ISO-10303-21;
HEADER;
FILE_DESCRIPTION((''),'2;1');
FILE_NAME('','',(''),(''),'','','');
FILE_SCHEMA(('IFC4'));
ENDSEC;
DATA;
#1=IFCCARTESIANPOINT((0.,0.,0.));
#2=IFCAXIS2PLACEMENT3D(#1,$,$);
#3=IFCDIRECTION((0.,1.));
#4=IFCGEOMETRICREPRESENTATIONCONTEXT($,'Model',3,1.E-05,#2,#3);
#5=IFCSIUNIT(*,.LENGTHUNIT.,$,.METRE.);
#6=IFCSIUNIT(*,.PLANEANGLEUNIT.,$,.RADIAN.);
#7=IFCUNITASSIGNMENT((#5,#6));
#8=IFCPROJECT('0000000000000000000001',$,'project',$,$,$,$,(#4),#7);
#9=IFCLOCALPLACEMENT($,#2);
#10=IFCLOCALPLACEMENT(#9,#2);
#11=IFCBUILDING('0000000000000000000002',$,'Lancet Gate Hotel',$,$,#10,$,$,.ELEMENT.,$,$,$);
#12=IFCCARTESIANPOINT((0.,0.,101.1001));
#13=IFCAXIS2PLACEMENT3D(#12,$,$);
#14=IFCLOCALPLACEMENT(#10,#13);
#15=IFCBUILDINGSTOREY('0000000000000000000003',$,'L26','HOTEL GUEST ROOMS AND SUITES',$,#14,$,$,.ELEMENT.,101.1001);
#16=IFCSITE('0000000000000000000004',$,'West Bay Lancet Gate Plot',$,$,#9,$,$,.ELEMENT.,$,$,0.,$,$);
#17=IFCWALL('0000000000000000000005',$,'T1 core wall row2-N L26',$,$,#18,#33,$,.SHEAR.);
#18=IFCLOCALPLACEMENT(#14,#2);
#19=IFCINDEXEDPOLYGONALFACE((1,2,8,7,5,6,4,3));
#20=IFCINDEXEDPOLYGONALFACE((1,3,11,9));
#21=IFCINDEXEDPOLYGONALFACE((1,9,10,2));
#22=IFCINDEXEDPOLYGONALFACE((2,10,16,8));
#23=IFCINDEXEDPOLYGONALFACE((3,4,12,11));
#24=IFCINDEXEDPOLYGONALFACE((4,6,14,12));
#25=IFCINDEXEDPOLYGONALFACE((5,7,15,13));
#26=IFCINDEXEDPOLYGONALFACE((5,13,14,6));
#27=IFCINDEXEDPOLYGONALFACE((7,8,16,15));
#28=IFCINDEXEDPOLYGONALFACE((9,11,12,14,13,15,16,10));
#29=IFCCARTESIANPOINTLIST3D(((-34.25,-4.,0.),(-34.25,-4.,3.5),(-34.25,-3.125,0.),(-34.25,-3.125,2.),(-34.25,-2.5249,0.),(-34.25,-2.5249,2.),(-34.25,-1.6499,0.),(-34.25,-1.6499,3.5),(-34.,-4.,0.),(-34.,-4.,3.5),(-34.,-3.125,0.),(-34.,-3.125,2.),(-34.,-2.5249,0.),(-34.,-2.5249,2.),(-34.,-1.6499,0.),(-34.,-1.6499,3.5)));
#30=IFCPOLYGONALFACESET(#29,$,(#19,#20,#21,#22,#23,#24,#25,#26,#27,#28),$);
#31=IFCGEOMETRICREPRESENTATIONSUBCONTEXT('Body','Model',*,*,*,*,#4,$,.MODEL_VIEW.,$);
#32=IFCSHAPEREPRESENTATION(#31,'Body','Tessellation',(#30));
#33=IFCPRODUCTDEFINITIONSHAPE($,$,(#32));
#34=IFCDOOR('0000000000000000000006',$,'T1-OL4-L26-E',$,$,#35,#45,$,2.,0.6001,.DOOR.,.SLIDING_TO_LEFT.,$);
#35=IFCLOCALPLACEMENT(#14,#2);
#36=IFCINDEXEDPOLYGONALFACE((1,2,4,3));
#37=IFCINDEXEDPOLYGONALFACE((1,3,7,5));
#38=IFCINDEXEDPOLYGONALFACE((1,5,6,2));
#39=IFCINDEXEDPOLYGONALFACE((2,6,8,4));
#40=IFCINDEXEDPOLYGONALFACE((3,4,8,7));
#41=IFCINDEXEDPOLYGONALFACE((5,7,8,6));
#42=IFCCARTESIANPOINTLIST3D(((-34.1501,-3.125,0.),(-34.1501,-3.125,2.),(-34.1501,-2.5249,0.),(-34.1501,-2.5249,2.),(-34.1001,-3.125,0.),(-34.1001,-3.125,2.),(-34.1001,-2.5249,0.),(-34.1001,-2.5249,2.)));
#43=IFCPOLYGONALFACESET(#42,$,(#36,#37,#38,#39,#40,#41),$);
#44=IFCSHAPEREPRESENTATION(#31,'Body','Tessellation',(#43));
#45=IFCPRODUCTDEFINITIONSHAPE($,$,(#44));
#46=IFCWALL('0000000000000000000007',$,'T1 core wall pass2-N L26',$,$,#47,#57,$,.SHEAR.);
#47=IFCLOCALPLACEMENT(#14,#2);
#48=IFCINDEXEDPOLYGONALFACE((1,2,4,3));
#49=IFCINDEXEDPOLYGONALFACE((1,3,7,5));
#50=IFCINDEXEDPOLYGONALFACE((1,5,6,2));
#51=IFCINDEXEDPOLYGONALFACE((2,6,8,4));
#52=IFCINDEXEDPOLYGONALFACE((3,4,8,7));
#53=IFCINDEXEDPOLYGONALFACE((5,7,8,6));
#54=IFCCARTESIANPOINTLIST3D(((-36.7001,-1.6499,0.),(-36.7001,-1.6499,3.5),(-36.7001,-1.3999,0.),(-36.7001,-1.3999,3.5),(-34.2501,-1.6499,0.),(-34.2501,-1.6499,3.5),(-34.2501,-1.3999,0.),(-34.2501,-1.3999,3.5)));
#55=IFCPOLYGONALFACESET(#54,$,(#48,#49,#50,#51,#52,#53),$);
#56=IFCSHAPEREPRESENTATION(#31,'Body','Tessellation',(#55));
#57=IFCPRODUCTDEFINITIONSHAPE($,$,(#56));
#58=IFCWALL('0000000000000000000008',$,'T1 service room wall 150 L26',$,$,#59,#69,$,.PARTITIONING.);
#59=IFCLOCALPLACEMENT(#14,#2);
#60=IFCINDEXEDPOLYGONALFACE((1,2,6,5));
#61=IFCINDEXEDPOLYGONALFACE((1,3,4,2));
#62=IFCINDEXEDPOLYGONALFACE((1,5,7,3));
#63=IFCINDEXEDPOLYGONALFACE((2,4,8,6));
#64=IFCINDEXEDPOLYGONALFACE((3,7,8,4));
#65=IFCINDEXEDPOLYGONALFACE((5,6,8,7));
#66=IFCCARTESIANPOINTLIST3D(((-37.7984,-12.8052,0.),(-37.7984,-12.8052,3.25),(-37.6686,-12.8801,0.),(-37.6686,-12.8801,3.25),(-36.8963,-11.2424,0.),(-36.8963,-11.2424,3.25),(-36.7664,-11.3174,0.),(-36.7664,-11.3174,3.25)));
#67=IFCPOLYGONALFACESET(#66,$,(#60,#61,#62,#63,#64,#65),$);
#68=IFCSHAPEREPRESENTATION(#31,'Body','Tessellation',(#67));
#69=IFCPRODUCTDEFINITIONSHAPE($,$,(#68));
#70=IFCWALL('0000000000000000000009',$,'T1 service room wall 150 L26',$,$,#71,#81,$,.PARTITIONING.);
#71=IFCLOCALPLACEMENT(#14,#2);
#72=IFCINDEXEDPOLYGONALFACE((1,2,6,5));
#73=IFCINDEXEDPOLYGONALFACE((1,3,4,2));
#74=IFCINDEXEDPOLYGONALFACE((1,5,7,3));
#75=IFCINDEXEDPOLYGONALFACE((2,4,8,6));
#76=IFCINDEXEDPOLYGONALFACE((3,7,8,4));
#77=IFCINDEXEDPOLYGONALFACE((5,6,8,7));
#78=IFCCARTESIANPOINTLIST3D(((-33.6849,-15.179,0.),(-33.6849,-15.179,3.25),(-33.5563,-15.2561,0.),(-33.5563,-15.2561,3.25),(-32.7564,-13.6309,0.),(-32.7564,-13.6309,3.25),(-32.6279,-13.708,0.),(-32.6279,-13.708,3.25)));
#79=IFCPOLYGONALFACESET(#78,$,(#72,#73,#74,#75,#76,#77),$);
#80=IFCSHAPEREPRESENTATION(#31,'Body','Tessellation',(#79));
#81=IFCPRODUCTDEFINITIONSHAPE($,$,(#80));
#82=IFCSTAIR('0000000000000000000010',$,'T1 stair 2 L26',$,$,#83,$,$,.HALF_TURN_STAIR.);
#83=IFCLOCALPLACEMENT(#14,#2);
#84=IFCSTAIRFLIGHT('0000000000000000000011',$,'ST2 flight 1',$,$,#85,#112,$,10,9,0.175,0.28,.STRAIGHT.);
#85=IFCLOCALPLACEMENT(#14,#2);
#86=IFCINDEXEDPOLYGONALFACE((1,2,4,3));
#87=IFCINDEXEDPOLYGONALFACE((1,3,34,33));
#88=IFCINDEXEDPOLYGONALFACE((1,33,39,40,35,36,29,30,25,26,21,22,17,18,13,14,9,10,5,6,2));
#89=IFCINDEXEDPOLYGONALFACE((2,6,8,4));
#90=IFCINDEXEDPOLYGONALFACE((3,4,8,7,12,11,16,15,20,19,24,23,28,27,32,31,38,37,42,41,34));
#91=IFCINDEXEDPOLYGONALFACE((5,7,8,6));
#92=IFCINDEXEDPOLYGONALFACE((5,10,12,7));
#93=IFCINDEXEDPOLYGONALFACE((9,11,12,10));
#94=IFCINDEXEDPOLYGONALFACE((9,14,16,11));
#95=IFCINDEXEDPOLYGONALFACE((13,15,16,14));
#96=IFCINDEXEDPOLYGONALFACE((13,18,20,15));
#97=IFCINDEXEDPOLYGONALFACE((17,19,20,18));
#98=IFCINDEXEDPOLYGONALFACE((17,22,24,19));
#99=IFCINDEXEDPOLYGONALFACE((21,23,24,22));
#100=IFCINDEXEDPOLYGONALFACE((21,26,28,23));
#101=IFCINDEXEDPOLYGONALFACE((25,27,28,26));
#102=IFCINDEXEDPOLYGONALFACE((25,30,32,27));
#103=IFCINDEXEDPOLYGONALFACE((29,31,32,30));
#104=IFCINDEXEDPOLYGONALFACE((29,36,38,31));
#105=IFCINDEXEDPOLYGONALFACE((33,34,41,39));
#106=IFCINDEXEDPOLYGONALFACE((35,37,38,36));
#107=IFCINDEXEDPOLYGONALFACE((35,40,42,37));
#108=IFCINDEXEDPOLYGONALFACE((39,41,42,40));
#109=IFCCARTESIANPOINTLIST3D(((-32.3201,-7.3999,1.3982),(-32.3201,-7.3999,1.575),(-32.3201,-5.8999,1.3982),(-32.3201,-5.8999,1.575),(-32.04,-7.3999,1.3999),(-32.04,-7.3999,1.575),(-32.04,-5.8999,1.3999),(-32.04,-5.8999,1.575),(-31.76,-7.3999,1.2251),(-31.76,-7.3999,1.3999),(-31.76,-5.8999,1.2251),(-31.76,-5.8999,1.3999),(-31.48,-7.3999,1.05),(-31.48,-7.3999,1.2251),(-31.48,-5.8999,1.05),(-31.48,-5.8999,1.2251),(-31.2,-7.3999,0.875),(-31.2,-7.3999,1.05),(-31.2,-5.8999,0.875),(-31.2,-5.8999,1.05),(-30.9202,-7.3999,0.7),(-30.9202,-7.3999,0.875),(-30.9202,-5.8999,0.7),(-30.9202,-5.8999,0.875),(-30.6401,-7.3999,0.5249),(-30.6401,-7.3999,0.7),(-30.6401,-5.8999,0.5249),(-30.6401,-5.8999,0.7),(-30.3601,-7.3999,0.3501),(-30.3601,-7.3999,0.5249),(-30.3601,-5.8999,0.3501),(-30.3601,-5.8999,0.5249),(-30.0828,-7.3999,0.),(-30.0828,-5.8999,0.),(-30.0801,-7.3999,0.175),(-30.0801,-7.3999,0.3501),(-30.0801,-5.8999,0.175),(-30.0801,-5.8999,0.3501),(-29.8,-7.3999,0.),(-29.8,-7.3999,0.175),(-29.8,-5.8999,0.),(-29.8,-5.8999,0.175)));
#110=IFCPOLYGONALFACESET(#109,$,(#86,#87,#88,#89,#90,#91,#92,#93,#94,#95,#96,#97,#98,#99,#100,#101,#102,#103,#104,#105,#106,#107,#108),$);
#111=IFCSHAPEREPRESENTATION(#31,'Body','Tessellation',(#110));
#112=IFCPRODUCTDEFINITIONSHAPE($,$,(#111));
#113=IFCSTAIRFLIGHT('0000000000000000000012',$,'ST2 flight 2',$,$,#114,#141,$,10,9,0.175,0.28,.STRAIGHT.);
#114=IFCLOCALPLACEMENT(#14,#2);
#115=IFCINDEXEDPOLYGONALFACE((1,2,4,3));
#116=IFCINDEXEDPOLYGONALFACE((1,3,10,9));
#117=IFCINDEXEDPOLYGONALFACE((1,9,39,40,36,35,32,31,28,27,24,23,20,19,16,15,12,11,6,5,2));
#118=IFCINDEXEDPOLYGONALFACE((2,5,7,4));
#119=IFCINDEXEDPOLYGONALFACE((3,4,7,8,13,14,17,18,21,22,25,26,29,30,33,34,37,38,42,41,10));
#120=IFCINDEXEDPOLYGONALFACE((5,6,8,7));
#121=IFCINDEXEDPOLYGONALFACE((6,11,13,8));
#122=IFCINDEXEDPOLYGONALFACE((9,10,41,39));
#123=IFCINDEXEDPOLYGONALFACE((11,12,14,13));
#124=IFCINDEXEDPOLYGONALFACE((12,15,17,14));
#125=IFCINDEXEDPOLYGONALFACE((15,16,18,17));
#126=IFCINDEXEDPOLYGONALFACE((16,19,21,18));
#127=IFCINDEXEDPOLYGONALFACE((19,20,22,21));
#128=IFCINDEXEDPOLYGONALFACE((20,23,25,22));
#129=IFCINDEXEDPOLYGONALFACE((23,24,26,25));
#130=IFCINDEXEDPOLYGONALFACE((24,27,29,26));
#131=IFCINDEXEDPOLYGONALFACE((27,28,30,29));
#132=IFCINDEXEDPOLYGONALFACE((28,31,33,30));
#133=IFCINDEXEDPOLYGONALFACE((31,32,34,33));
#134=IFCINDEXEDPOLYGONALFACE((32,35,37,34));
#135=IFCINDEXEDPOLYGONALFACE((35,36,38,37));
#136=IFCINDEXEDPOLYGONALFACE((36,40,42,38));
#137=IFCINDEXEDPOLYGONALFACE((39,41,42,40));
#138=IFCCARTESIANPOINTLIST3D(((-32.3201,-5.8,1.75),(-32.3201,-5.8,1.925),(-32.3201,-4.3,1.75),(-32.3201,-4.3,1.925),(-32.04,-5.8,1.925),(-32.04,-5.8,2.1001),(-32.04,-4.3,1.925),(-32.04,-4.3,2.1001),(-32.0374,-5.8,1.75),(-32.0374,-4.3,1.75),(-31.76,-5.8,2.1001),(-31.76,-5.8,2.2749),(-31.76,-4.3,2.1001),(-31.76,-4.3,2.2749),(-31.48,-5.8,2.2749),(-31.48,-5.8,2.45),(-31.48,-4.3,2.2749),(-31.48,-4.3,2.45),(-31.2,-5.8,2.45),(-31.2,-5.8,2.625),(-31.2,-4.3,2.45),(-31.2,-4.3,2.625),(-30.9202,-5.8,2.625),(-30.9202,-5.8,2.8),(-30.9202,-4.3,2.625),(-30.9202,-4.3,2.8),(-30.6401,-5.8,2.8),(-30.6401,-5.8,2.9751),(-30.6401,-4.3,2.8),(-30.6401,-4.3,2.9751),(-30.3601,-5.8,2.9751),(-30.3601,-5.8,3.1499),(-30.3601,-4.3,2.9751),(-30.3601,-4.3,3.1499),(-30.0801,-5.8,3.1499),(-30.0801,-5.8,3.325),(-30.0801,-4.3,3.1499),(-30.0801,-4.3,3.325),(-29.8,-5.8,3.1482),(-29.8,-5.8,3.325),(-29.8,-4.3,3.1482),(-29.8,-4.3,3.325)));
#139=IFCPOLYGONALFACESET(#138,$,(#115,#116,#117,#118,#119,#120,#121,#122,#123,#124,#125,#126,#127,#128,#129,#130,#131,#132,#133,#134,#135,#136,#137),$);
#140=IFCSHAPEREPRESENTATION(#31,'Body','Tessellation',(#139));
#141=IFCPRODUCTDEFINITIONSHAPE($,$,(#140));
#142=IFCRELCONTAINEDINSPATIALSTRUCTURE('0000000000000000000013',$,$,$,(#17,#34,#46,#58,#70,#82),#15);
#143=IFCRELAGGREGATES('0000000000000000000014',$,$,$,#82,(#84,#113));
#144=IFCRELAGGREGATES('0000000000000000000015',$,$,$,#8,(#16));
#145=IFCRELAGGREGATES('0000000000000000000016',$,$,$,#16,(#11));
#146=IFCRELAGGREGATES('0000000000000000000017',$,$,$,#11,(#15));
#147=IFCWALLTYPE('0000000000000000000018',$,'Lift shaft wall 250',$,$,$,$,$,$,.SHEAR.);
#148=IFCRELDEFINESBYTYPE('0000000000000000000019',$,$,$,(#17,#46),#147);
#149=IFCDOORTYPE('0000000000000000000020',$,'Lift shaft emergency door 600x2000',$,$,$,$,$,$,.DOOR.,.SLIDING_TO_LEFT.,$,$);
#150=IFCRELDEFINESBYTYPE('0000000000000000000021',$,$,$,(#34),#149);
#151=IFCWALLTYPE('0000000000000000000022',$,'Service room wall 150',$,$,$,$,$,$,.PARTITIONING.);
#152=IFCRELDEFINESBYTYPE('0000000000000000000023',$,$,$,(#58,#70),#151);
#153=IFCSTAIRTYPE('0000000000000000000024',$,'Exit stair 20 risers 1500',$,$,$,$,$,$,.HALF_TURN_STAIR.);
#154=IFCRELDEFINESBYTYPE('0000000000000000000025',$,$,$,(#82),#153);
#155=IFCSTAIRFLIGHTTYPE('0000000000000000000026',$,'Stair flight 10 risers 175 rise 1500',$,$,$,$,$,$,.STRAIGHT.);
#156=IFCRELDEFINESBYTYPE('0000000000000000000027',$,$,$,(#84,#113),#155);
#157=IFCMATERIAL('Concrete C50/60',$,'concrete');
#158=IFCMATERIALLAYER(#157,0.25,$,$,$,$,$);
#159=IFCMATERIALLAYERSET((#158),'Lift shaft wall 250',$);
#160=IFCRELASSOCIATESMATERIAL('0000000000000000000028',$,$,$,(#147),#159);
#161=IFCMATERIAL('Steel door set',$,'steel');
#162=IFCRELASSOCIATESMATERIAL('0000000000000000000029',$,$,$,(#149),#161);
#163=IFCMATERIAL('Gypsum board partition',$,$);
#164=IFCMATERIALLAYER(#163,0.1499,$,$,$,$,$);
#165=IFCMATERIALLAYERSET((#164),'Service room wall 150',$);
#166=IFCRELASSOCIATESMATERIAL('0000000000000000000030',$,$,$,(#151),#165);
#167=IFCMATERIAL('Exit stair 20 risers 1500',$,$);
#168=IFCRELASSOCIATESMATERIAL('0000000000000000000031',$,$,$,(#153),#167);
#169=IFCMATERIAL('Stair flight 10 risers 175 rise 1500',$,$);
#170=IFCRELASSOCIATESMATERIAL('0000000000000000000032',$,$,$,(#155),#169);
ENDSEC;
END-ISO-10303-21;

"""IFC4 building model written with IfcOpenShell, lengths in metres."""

from ifc_helpers import new_model, si_unit, direction, frame, frame_2d, origin, place, context, subcontext, project, spatial, polyline, rectangle, outline, extrude, material, layer, layer_set, type_object, element, fill, aggregate, save


model = new_model("IFC4")

# Units and contexts
model_context = context("Model", 3, precision=1e-05, world=origin(), true_north=direction((0.0, 1.0)))
body_context = subcontext(model_context, "Body", "Model", "MODEL_VIEW")
ifc_project = project(units=[si_unit("LENGTHUNIT", "METRE"), si_unit("PLANEANGLEUNIT", "RADIAN")], contexts=[model_context])

# Site, building, storey
site_placement = place(None, origin())
site = spatial("IfcSite", under=ifc_project, at=site_placement, Name="West Bay Lancet Gate Plot", CompositionType="ELEMENT", RefElevation=0.0)
building_placement = place(site_placement, origin())
building = spatial("IfcBuilding", under=site, at=building_placement, Name="Lancet Gate Hotel", CompositionType="ELEMENT")
storey_placement = place(building_placement, frame((0.0, 0.0, 101.1001)))
storey = spatial("IfcBuildingStorey", under=building, at=storey_placement, Name="L26", Description="HOTEL GUEST ROOMS AND SUITES", CompositionType="ELEMENT", Elevation=101.1001)

# Wall, opening, door
ifc_material_1 = material(Name="Concrete C50/60", Category="concrete")
ifc_layer_1 = layer(ifc_material_1, 0.25)
ifc_layer_set_1 = layer_set([ifc_layer_1], Name="Lift shaft wall 250")
wall_type_1 = type_object("IfcWallType", Name="Lift shaft wall 250", PredefinedType="SHEAR", material=ifc_layer_set_1)
wall_1_placement = place(storey_placement, frame((-34.125, -1.6499, 0.0), z_axis=(0.0, 0.0, 1.0), x_axis=(0.0, -1.0, 0.0)))
wall_1 = element("IfcWall", 1, at=wall_1_placement, inside=storey, type_object=wall_type_1, Name="T1 core wall row2-N L26", PredefinedType="SHEAR", context=body_context, shape_type="SweptSolid", body=[
    extrude(rectangle(XDim=2.3501, YDim=0.25, at=frame_2d((1.175, 0.0))), origin(), (0.0, 0.0, 1.0), 3.5),
])
opening_1_placement = place(wall_1_placement, frame((0.875, 0.0, 0.0)))
opening_1 = element("IfcOpeningElement", 2, at=opening_1_placement, cuts=wall_1, PredefinedType="OPENING", context=body_context, shape_type="SweptSolid", body=[
    extrude(rectangle(XDim=0.6001, YDim=2.0, at=frame_2d((0.3, 1.0))), frame((0.0, 0.135, 0.0), z_axis=(0.0, -1.0, 0.0), x_axis=(1.0, 0.0, 0.0)), (0.0, 0.0, 1.0), 0.27),
])
ifc_material_2 = material(Name="Steel door set", Category="steel")
door_type_1 = type_object("IfcDoorType", Name="Lift shaft emergency door 600x2000", OperationType="SLIDING_TO_LEFT", PredefinedType="DOOR", material=ifc_material_2)
door_1_placement = place(opening_1_placement, origin())
door_1 = element("IfcDoor", 3, at=door_1_placement, inside=storey, type_object=door_type_1, Name="T1-OL4-L26-E", OperationType="SLIDING_TO_LEFT", OverallHeight=2.0, OverallWidth=0.6001, PredefinedType="DOOR", context=body_context, shape_type="SweptSolid", body=[
    extrude(rectangle(XDim=0.6001, YDim=2.0, at=frame_2d((0.3, 1.0))), frame((0.0, 0.0249, 0.0), z_axis=(0.0, -1.0, 0.0), x_axis=(1.0, 0.0, 0.0)), (0.0, 0.0, 1.0), 0.05),
])
fill(opening_1, door_1)

# Walls
wall_2_placement = place(storey_placement, frame((-34.25, -1.5249, 0.0), z_axis=(0.0, 0.0, 1.0), x_axis=(-1.0, 0.0, 0.0)))
element("IfcWall", 4, at=wall_2_placement, inside=storey, type_object=wall_type_1, Name="T1 core wall pass2-N L26", PredefinedType="SHEAR", context=body_context, shape_type="SweptSolid", body=[
    extrude(rectangle(XDim=2.45, YDim=0.25, at=frame_2d((1.2251, 0.0))), origin(), (0.0, 0.0, 1.0), 3.5),
])
ifc_material_3 = material(Name="Gypsum board partition")
ifc_layer_2 = layer(ifc_material_3, 0.1499)
ifc_layer_set_2 = layer_set([ifc_layer_2], Name="Service room wall 150")
wall_type_2 = type_object("IfcWallType", Name="Service room wall 150", PredefinedType="PARTITIONING", material=ifc_layer_set_2)
wall_3_placement = place(storey_placement, frame((-36.8313, -11.2798, 0.0), z_axis=(0.0, 0.0, 1.0), x_axis=(-0.499937, -0.866062, 0.0)))
element("IfcWall", 5, at=wall_3_placement, inside=storey, type_object=wall_type_2, Name="T1 service room wall 150 L26", PredefinedType="PARTITIONING", context=body_context, shape_type="SweptSolid", body=[
    extrude(rectangle(XDim=1.8044, YDim=0.1499, at=frame_2d((0.9023, 0.0))), origin(), (0.0, 0.0, 1.0), 3.25),
])
wall_4_placement = place(storey_placement, frame((-33.6206, -15.2175, 0.0), z_axis=(0.0, 0.0, 1.0), x_axis=(0.514337, 0.857588, 0.0)))
element("IfcWall", 6, at=wall_4_placement, inside=storey, type_object=wall_type_2, Name="T1 service room wall 150 L26", PredefinedType="PARTITIONING", context=body_context, shape_type="SweptSolid", body=[
    extrude(rectangle(XDim=1.8052, YDim=0.1499, at=frame_2d((0.9026, 0.0))), origin(), (0.0, 0.0, 1.0), 3.25),
])

# Stair, stair flights
ifc_material_4 = material(Name="Exit stair 20 risers 1500")
stair_type = type_object("IfcStairType", Name="Exit stair 20 risers 1500", PredefinedType="HALF_TURN_STAIR", material=ifc_material_4)
stair_placement = place(storey_placement, origin())
stair = element("IfcStair", 7, at=stair_placement, inside=storey, type_object=stair_type, Name="T1 stair 2 L26", PredefinedType="HALF_TURN_STAIR")
ifc_material_5 = material(Name="Stair flight 10 risers 175 rise 1500")
stair_flight_type = type_object("IfcStairFlightType", Name="Stair flight 10 risers 175 rise 1500", PredefinedType="STRAIGHT", material=ifc_material_5)
stair_flight_1_placement = place(storey_placement, frame((-29.8, -6.6499, 0.0), z_axis=(0.0, 0.0, 1.0), x_axis=(-1.0, 0.0, 0.0)))
stair_flight_1 = element("IfcStairFlight", 8, at=stair_flight_1_placement, type_object=stair_flight_type, Name="ST2 flight 1", NumberOfRisers=10, NumberOfTreads=9, PredefinedType="STRAIGHT", RiserHeight=0.175, TreadLength=0.28, context=body_context, shape_type="SweptSolid", body=[
    extrude(outline(polyline([(0.0, 0.0), (0.0, 0.175), (0.28, 0.175), (0.28, 0.3501), (0.5601, 0.3501), (0.5601, 0.5249), (0.8401, 0.5249), (0.8401, 0.7), (1.1201, 0.7), (1.1201, 0.875), (1.3999, 0.875), (1.3999, 1.05), (1.6799, 1.05), (1.6799, 1.2251), (1.96, 1.2251), (1.96, 1.3999), (2.24, 1.3999), (2.24, 1.575), (2.52, 1.575), (2.52, 1.75), (2.52, 1.3982), (0.2827, 0.0), (0.0, 0.0)])), frame((0.0, 0.75, 0.0), z_axis=(0.0, -1.0, 0.0), x_axis=(1.0, 0.0, 0.0)), (0.0, 0.0, 1.0), 1.5),
])
stair_flight_2_placement = place(storey_placement, frame((-32.3201, -5.05, 1.75), z_axis=(0.0, 0.0, 1.0), x_axis=(1.0, 0.0, 0.0)))
stair_flight_2 = element("IfcStairFlight", 9, at=stair_flight_2_placement, type_object=stair_flight_type, Name="ST2 flight 2", NumberOfRisers=10, NumberOfTreads=9, PredefinedType="STRAIGHT", RiserHeight=0.175, TreadLength=0.28, context=body_context, shape_type="SweptSolid", body=[
    extrude(outline(polyline([(0.0, 0.0), (0.0, 0.175), (0.28, 0.175), (0.28, 0.3501), (0.5601, 0.3501), (0.5601, 0.5249), (0.8401, 0.5249), (0.8401, 0.7), (1.1201, 0.7), (1.1201, 0.875), (1.3999, 0.875), (1.3999, 1.05), (1.6799, 1.05), (1.6799, 1.2251), (1.96, 1.2251), (1.96, 1.3999), (2.24, 1.3999), (2.24, 1.575), (2.52, 1.575), (2.52, 1.75), (2.52, 1.3982), (0.2827, 0.0), (0.0, 0.0)])), frame((0.0, 0.75, 0.0), z_axis=(0.0, -1.0, 0.0), x_axis=(1.0, 0.0, 0.0)), (0.0, 0.0, 1.0), 1.5),
])
aggregate(stair, [stair_flight_1, stair_flight_2])

save(model, "model.ifc")
